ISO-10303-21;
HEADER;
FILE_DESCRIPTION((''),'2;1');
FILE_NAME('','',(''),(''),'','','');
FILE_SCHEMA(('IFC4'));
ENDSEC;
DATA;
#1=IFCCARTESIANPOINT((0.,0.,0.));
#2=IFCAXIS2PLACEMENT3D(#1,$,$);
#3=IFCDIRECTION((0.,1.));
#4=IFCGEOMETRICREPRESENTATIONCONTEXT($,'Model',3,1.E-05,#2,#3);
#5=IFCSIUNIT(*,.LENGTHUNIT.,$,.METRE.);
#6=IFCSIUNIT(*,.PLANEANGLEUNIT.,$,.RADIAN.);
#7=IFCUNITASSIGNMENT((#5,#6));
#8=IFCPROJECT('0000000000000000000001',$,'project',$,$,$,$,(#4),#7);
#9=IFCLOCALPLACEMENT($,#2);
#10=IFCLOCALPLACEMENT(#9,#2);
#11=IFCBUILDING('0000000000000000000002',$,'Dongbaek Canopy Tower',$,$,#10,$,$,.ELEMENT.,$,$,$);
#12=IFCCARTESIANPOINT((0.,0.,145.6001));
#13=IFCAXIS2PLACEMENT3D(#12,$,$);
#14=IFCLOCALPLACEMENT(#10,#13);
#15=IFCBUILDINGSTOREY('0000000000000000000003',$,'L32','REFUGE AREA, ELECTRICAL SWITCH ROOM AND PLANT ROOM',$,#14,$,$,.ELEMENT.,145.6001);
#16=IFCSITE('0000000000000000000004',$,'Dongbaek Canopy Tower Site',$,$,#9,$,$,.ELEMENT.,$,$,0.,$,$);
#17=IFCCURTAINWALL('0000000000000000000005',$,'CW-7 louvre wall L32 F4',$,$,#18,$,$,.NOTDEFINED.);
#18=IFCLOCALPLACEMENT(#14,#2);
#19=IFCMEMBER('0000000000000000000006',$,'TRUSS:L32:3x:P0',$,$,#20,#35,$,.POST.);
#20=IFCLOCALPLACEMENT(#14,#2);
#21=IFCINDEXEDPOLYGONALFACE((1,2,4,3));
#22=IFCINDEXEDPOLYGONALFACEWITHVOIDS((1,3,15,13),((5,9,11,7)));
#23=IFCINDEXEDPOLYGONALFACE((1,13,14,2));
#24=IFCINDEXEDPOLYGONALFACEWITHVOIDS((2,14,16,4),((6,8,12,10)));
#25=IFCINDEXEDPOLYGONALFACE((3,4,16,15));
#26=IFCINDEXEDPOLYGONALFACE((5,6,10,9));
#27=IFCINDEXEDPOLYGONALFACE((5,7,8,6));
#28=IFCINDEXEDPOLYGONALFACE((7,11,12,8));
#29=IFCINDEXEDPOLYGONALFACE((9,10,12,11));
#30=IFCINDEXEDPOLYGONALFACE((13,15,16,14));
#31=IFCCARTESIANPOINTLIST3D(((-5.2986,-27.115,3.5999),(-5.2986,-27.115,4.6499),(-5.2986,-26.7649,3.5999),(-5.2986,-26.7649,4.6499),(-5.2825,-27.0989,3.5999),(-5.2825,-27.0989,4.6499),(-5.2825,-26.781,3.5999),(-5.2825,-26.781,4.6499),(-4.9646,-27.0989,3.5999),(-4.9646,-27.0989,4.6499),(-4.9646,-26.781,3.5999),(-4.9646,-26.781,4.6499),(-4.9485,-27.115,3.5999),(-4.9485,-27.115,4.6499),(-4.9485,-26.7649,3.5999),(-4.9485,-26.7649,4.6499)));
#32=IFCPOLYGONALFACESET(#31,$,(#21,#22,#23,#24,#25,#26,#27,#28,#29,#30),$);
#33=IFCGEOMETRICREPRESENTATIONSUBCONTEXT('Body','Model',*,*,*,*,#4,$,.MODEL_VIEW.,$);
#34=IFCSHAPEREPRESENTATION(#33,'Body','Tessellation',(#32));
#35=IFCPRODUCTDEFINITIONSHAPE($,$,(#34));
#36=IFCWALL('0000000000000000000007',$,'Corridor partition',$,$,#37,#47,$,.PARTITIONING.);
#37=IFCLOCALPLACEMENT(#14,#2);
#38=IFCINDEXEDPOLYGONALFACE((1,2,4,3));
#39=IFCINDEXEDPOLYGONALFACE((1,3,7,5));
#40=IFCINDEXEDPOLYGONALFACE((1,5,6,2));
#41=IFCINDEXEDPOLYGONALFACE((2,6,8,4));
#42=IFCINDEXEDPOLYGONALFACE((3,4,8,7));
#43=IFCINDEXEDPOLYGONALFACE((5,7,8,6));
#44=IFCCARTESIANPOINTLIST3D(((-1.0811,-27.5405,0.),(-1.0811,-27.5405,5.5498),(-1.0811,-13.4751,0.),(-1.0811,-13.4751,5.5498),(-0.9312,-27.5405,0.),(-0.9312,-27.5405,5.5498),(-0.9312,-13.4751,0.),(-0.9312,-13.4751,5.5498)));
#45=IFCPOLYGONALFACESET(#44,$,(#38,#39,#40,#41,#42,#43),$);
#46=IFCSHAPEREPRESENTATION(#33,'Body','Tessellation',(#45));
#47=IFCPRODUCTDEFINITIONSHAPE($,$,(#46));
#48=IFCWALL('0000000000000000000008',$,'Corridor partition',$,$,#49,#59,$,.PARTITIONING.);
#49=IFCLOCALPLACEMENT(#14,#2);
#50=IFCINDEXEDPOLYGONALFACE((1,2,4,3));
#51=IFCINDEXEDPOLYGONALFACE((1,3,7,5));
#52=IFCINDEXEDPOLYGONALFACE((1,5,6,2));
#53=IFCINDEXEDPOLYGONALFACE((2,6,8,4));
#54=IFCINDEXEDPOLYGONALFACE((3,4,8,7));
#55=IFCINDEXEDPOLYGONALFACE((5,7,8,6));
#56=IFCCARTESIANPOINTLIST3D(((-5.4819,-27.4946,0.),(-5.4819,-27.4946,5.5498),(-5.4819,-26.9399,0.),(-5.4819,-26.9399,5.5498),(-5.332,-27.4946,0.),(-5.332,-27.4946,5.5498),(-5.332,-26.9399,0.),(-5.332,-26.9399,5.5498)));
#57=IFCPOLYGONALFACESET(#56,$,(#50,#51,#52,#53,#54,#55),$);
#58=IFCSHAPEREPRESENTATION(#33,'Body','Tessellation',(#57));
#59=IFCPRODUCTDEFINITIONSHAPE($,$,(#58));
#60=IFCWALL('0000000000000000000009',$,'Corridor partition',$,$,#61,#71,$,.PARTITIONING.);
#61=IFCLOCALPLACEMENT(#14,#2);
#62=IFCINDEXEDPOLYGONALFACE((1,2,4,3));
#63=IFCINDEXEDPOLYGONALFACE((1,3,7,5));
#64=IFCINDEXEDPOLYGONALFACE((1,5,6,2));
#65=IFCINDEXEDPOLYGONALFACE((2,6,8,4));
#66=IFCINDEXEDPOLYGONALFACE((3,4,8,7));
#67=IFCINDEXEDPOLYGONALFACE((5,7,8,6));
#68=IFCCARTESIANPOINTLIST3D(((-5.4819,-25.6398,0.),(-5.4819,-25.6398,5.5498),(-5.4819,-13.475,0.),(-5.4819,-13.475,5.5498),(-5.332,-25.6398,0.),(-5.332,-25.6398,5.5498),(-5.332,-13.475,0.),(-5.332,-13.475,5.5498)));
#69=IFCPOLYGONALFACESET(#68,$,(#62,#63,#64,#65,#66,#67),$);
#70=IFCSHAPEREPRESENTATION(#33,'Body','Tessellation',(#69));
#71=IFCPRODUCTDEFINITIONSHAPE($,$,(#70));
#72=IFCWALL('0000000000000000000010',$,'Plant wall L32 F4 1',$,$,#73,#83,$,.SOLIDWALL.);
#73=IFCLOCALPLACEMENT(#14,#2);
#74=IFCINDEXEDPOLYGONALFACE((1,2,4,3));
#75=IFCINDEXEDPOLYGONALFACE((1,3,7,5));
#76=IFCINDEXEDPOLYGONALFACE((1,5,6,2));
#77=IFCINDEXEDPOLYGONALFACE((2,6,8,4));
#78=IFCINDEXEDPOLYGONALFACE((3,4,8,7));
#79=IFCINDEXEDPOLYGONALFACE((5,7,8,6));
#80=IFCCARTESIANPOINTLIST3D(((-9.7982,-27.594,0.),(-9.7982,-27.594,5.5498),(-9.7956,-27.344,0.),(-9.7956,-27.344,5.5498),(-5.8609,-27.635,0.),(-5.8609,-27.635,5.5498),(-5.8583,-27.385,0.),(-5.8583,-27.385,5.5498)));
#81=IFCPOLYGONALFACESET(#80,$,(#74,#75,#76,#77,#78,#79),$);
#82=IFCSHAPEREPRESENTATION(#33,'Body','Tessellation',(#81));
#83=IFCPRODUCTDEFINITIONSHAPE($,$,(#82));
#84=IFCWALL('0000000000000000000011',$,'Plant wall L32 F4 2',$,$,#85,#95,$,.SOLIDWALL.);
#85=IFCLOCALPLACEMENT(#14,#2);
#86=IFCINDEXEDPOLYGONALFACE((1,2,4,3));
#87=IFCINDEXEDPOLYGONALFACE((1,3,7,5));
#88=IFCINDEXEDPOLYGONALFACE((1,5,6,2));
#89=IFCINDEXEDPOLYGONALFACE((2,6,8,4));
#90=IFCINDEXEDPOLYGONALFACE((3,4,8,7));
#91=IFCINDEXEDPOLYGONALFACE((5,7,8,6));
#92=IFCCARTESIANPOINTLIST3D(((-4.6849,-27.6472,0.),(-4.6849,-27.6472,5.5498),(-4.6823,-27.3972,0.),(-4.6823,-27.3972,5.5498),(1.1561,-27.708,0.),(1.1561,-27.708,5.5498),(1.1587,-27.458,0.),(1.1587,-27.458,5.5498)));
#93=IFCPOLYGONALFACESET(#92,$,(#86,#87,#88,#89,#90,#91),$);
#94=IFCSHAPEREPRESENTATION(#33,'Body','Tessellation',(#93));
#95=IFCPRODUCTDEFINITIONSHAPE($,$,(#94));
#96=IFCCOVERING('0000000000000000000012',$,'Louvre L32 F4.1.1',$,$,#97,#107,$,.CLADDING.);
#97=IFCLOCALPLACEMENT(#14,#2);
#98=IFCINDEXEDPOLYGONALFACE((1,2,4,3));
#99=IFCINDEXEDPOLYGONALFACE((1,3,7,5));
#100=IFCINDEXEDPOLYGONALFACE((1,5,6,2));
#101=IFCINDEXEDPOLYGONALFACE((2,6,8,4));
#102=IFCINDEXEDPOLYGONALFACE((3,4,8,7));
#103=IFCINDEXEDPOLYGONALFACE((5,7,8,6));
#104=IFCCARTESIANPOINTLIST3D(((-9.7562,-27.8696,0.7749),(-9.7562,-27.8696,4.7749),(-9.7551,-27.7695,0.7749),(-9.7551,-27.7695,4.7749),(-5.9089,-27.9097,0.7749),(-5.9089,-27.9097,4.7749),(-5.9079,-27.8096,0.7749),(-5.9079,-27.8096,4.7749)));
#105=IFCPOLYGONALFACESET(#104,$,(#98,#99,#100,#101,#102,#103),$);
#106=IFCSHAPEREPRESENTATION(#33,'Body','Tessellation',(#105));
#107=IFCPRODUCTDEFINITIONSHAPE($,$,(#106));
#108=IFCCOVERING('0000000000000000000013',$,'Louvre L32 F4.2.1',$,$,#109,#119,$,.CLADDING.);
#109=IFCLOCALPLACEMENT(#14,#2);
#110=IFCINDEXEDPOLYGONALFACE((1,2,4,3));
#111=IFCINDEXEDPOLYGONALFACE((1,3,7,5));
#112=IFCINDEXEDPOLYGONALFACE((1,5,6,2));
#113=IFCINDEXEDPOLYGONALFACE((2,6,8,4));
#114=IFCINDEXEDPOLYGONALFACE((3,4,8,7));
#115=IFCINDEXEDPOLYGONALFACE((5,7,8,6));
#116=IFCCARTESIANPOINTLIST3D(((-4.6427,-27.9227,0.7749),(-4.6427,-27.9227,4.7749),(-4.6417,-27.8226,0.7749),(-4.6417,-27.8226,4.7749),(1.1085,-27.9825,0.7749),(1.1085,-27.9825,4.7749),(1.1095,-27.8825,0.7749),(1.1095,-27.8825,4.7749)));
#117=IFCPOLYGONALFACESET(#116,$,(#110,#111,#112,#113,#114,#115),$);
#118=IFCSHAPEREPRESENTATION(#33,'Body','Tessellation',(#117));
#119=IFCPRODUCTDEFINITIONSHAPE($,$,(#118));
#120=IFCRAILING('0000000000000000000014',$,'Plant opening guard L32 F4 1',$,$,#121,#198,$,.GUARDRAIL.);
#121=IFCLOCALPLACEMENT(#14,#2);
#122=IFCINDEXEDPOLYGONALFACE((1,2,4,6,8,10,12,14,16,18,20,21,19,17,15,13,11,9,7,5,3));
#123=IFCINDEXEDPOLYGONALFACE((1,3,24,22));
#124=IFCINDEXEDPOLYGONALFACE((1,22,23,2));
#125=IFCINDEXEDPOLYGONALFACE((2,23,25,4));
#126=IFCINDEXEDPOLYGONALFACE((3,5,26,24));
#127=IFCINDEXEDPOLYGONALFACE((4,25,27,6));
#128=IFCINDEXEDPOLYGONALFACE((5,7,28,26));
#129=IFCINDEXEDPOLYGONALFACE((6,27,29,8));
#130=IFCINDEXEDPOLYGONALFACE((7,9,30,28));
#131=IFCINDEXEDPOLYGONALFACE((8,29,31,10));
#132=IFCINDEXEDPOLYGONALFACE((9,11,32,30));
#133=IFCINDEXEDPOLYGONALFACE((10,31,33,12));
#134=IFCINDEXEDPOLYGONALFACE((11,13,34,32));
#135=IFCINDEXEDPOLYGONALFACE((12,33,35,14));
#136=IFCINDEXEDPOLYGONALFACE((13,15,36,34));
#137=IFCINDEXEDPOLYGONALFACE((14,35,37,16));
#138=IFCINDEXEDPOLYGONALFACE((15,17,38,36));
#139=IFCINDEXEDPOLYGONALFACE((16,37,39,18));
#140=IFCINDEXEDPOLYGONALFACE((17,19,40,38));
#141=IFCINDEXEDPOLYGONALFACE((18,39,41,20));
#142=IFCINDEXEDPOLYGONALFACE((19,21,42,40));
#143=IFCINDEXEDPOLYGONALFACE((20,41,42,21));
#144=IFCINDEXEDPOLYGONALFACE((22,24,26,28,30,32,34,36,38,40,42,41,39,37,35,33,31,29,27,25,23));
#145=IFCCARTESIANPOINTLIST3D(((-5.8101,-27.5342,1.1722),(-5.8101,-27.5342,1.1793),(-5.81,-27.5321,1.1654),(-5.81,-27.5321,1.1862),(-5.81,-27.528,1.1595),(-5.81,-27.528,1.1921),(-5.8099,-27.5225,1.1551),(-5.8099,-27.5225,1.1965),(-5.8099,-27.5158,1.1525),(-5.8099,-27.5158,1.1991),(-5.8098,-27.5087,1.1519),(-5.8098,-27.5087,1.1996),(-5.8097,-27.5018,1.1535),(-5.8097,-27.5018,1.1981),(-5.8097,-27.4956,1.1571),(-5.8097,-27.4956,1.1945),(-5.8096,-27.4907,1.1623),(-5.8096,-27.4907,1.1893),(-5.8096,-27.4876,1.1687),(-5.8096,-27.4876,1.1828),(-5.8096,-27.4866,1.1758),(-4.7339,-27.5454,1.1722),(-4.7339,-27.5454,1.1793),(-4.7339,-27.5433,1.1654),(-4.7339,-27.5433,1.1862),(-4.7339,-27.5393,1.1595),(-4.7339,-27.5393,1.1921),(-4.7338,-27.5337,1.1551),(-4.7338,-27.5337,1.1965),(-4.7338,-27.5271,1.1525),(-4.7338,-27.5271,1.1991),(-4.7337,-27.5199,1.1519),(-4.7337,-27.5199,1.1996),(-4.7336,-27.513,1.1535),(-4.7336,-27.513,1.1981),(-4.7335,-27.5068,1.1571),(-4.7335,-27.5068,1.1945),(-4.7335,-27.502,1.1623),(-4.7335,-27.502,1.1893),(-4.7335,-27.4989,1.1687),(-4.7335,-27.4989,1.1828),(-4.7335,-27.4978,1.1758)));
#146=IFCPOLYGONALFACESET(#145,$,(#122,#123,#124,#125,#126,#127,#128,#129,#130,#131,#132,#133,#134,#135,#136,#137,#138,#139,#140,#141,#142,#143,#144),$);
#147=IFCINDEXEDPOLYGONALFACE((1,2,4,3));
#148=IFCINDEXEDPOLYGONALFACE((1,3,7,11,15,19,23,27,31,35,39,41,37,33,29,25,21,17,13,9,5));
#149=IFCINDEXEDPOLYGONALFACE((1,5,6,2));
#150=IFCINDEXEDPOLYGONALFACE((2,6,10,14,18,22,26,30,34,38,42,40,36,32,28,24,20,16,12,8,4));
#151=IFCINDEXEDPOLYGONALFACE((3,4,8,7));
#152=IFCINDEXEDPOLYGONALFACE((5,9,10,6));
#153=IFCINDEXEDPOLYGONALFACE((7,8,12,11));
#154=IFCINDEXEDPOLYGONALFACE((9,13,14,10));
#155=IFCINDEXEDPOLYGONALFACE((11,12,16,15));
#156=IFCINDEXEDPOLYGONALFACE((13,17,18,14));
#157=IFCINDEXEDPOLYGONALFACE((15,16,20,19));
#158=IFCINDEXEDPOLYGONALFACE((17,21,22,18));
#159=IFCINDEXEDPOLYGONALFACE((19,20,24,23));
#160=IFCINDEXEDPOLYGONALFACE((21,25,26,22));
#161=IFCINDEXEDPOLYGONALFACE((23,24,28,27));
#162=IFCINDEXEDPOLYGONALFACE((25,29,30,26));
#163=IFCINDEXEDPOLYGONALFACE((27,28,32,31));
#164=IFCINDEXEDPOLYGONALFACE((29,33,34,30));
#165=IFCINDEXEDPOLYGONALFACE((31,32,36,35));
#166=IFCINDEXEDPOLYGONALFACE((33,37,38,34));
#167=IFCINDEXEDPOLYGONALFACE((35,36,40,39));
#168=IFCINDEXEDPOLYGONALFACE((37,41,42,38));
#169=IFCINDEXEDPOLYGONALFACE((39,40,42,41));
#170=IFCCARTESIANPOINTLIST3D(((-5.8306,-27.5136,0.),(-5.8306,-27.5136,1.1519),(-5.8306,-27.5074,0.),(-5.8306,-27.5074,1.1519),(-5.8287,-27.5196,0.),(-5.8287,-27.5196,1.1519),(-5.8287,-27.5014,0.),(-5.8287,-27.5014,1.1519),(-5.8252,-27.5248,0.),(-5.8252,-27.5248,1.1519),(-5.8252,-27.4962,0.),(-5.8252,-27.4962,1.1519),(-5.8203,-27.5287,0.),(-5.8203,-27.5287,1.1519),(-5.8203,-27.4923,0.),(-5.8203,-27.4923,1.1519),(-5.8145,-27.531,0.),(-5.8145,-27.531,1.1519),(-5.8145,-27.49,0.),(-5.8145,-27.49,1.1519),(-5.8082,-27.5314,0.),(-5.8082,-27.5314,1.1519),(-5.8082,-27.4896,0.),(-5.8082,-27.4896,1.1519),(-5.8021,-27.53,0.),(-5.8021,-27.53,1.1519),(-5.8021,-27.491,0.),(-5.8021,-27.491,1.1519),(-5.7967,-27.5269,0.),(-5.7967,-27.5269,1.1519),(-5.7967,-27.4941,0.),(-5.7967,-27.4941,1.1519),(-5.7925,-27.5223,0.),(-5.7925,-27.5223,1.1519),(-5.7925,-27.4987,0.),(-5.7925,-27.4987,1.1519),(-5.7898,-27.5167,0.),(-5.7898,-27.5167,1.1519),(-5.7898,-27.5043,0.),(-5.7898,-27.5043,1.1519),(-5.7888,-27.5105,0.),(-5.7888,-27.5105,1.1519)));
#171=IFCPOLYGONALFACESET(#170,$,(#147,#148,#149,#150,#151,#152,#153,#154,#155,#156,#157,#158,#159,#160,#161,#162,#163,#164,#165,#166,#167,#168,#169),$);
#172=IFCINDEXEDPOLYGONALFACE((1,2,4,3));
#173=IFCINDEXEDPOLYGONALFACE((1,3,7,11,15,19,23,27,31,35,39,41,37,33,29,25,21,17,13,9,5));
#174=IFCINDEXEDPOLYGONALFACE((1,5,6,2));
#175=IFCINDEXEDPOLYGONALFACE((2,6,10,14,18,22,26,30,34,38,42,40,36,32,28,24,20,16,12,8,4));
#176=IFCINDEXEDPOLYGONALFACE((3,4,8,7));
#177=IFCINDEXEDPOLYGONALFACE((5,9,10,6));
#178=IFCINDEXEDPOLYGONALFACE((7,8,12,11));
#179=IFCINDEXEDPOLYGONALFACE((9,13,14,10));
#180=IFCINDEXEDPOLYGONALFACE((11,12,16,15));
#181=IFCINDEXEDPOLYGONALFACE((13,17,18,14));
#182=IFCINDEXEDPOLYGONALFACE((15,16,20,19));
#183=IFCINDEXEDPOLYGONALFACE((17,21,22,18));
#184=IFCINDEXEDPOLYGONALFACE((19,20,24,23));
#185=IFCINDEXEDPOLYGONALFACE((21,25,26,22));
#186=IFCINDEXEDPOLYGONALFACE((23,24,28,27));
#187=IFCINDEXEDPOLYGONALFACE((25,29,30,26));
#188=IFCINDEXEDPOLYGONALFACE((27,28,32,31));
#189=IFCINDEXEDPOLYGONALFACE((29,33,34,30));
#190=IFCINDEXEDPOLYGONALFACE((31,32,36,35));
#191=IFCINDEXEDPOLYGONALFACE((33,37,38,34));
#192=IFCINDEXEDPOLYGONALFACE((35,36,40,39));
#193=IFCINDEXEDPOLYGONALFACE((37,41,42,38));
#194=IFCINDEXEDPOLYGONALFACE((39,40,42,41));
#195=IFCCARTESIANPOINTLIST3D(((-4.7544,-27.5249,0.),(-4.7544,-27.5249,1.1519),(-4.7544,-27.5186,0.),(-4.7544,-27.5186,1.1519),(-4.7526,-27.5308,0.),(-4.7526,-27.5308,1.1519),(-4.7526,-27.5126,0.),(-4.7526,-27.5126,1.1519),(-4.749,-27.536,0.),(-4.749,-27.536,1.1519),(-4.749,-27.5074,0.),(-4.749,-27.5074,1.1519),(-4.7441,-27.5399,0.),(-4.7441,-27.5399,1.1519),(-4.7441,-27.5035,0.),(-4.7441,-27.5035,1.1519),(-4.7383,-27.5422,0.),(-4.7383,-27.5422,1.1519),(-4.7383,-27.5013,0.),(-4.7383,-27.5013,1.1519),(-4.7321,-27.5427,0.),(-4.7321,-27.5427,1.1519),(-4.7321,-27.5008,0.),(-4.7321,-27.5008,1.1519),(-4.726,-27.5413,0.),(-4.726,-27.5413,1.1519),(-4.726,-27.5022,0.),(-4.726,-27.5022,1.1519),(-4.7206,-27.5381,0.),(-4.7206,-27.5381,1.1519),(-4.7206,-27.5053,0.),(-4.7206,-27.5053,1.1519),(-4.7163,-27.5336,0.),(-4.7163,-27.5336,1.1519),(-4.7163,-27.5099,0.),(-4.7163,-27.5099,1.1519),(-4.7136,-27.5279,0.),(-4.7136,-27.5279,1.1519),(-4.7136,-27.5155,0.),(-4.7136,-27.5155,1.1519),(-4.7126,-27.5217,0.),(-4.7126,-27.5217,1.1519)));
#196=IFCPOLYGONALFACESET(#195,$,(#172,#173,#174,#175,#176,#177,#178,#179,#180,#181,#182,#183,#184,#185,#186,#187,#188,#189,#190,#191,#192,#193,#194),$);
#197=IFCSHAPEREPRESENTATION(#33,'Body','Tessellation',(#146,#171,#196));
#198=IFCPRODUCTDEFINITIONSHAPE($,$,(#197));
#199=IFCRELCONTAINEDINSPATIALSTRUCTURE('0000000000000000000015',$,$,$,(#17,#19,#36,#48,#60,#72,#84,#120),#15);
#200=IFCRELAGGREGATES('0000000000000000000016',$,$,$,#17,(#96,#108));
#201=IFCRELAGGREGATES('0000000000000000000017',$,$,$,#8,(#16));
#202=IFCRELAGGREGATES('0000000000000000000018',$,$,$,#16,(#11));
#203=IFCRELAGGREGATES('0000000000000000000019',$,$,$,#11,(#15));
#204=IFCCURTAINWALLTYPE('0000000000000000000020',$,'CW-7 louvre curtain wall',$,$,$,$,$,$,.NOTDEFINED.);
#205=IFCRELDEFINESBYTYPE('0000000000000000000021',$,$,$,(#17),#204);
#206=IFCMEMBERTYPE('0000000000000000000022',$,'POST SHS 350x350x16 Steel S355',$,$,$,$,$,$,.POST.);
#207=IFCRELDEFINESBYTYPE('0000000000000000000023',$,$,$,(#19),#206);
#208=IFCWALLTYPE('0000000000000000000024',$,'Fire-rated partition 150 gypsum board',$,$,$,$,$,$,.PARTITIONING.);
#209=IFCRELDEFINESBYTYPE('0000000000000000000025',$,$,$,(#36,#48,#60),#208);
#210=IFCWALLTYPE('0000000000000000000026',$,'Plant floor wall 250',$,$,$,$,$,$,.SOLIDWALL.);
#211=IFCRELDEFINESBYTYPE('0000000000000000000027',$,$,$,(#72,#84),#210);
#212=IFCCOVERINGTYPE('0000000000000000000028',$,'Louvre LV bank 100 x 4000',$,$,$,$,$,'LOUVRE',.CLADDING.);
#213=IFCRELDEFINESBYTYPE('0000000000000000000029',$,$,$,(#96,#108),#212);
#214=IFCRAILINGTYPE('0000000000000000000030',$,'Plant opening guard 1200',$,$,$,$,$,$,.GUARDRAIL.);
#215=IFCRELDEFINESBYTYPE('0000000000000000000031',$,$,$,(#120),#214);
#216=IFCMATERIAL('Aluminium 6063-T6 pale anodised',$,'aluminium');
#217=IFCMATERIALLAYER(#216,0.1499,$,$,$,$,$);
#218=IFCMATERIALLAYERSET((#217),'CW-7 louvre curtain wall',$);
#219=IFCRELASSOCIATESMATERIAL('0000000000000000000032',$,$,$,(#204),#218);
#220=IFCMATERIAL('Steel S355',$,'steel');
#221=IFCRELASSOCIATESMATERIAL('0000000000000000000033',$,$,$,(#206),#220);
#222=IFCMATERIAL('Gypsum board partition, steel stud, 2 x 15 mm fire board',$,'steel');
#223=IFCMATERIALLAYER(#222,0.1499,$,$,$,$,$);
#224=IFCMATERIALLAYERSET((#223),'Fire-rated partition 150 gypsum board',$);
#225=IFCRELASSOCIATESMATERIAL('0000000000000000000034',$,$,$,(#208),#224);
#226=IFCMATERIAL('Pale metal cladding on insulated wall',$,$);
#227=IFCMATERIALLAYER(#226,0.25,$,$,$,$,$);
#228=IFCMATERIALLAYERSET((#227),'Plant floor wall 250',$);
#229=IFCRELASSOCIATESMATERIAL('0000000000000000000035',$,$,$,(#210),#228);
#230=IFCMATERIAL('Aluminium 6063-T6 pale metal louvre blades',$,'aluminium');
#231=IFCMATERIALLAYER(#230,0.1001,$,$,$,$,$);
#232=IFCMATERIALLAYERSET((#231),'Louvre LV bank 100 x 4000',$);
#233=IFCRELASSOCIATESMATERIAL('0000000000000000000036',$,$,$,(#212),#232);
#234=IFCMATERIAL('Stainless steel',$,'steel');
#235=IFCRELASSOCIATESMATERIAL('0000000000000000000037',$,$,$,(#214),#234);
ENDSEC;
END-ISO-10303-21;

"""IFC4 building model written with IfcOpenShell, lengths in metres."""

from ifc_helpers import new_model, si_unit, direction, frame, frame_2d, origin, origin_2d, place, context, subcontext, project, spatial, rectangle, hollow_rectangle, circle, extrude, material, layer, layer_set, material_profile, profile_set, type_object, element, aggregate, save


model = new_model("IFC4")

# Units and contexts
model_context = context("Model", 3, precision=1e-05, world=origin(), true_north=direction((0.0, 1.0)))
body_context = subcontext(model_context, "Body", "Model", "MODEL_VIEW")
ifc_project = project(units=[si_unit("LENGTHUNIT", "METRE"), si_unit("PLANEANGLEUNIT", "RADIAN")], contexts=[model_context])

# Site, building, storey
site_placement = place(None, origin())
site = spatial("IfcSite", under=ifc_project, at=site_placement, Name="Dongbaek Canopy Tower Site", CompositionType="ELEMENT", RefElevation=0.0)
building_placement = place(site_placement, origin())
building = spatial("IfcBuilding", under=site, at=building_placement, Name="Dongbaek Canopy Tower", CompositionType="ELEMENT")
storey_placement = place(building_placement, frame((0.0, 0.0, 145.6001)))
storey = spatial("IfcBuildingStorey", under=building, at=storey_placement, Name="L32", Description="REFUGE AREA, ELECTRICAL SWITCH ROOM AND PLANT ROOM", CompositionType="ELEMENT", Elevation=145.6001)

# Curtain wall
ifc_material_1 = material(Name="Aluminium 6063-T6 pale anodised", Category="aluminium")
ifc_layer_1 = layer(ifc_material_1, 0.1499)
ifc_layer_set_1 = layer_set([ifc_layer_1], Name="CW-7 louvre curtain wall")
curtain_wall_type = type_object("IfcCurtainWallType", Name="CW-7 louvre curtain wall", PredefinedType="NOTDEFINED", material=ifc_layer_set_1)
curtain_wall_placement = place(storey_placement, origin())
curtain_wall = element("IfcCurtainWall", 1, at=curtain_wall_placement, inside=storey, type_object=curtain_wall_type, Name="CW-7 louvre wall L32 F4", PredefinedType="NOTDEFINED")

# Member
ifc_material_2 = material(Name="Steel S355", Category="steel")
ifc_material_profile_1 = material_profile(ifc_material_2, hollow_rectangle(XDim=0.3501, YDim=0.3501, WallThickness=0.0161, at=origin_2d()), Name="POST SHS 350x350x16 Steel S355")
ifc_profile_set_1 = profile_set([ifc_material_profile_1], Name="Steel S355")
member_type_1 = type_object("IfcMemberType", Name="POST SHS 350x350x16 Steel S355", PredefinedType="POST", material=ifc_profile_set_1)
for number, where, z_axis, x_axis, name in (
    (2, (-5.1235, -26.9399, 3.5999), (0.0, 0.0, 1.0), (1.0, 0.0, 0.0), "TRUSS:L32:3x:P0"),
):
    element("IfcMember", number, at=place(storey_placement, frame(where, z_axis=z_axis, x_axis=x_axis)), inside=storey, type_object=member_type_1, Name=name, PredefinedType="POST", context=body_context, shape_type="SweptSolid", body=[
        extrude(hollow_rectangle(XDim=0.3501, YDim=0.3501, WallThickness=0.0161, at=origin_2d()), origin(), (0.0, 0.0, 1.0), 1.05),
    ])

# Walls
ifc_material_3 = material(Name="Gypsum board partition, steel stud, 2 x 15 mm fire board", Category="steel")
ifc_layer_2 = layer(ifc_material_3, 0.1499)
ifc_layer_set_2 = layer_set([ifc_layer_2], Name="Fire-rated partition 150 gypsum board")
wall_type_1 = type_object("IfcWallType", Name="Fire-rated partition 150 gypsum board", PredefinedType="PARTITIONING", material=ifc_layer_set_2)
wall_1_placement = place(storey_placement, frame((-1.0061, -27.5405, 0.0), z_axis=(0.0, 0.0, 1.0), x_axis=(0.0, 1.0, 0.0)))
element("IfcWall", 3, at=wall_1_placement, inside=storey, type_object=wall_type_1, Name="Corridor partition", PredefinedType="PARTITIONING", context=body_context, shape_type="SweptSolid", body=[
    extrude(rectangle(XDim=14.0654, YDim=0.1499, at=frame_2d((7.0327, 0.0))), origin(), (0.0, 0.0, 1.0), 5.5498),
])
wall_2_placement = place(storey_placement, frame((-5.407, -27.4946, 0.0), z_axis=(0.0, 0.0, 1.0), x_axis=(0.0, 1.0, 0.0)))
element("IfcWall", 4, at=wall_2_placement, inside=storey, type_object=wall_type_1, Name="Corridor partition", PredefinedType="PARTITIONING", context=body_context, shape_type="SweptSolid", body=[
    extrude(rectangle(XDim=0.5547, YDim=0.1499, at=frame_2d((0.2773, 0.0))), origin(), (0.0, 0.0, 1.0), 5.5498),
])
wall_3_placement = place(storey_placement, frame((-5.407, -25.6399, 0.0), z_axis=(0.0, 0.0, 1.0), x_axis=(0.0, 1.0, 0.0)))
element("IfcWall", 5, at=wall_3_placement, inside=storey, type_object=wall_type_1, Name="Corridor partition", PredefinedType="PARTITIONING", context=body_context, shape_type="SweptSolid", body=[
    extrude(rectangle(XDim=12.1648, YDim=0.1499, at=frame_2d((6.0825, 0.0))), origin(), (0.0, 0.0, 1.0), 5.5498),
])
ifc_material_4 = material(Name="Pale metal cladding on insulated wall")
ifc_layer_3 = layer(ifc_material_4, 0.25)
ifc_layer_set_3 = layer_set([ifc_layer_3], Name="Plant floor wall 250")
wall_type_2 = type_object("IfcWallType", Name="Plant floor wall 250", PredefinedType="SOLIDWALL", material=ifc_layer_set_3)
wall_4_placement = place(storey_placement, frame((-9.7969, -27.469, 0.0), z_axis=(0.0, 0.0, 1.0), x_axis=(0.999946, -0.010417, 0.0)))
element("IfcWall", 6, at=wall_4_placement, inside=storey, type_object=wall_type_2, Name="Plant wall L32 F4 1", PredefinedType="SOLIDWALL", context=body_context, shape_type="SweptSolid", body=[
    extrude(rectangle(XDim=3.9375, YDim=0.25, at=frame_2d((1.9688, 0.0))), origin(), (0.0, 0.0, 1.0), 5.5498),
])
wall_5_placement = place(storey_placement, frame((-4.6836, -27.5222, 0.0), z_axis=(0.0, 0.0, 1.0), x_axis=(0.999946, -0.010407, 0.0)))
element("IfcWall", 7, at=wall_5_placement, inside=storey, type_object=wall_type_2, Name="Plant wall L32 F4 2", PredefinedType="SOLIDWALL", context=body_context, shape_type="SweptSolid", body=[
    extrude(rectangle(XDim=5.8413, YDim=0.25, at=frame_2d((2.9207, 0.0))), origin(), (0.0, 0.0, 1.0), 5.5498),
])

# Coverings
ifc_material_5 = material(Name="Aluminium 6063-T6 pale metal louvre blades", Category="aluminium")
ifc_layer_4 = layer(ifc_material_5, 0.1001)
ifc_layer_set_4 = layer_set([ifc_layer_4], Name="Louvre LV bank 100 x 4000")
covering_type = type_object("IfcCoveringType", Name="Louvre LV bank 100 x 4000", ElementType="LOUVRE", PredefinedType="CLADDING", material=ifc_layer_set_4)
covering_1_placement = place(storey_placement, frame((-7.832, -27.8396, 0.7749), z_axis=(0.0, 0.0, 1.0), x_axis=(0.999946, -0.010401, 0.0)))
covering_1 = element("IfcCovering", 8, at=covering_1_placement, type_object=covering_type, Name="Louvre L32 F4.1.1", PredefinedType="CLADDING", context=body_context, shape_type="SweptSolid", body=[
    extrude(rectangle(XDim=3.8474, YDim=0.1001, at=origin_2d()), origin(), (0.0, 0.0, 1.0), 4.0),
])
covering_2_placement = place(storey_placement, frame((-1.7666, -27.9026, 0.7749), z_axis=(0.0, 0.0, 1.0), x_axis=(0.999946, -0.010401, 0.0)))
covering_2 = element("IfcCovering", 9, at=covering_2_placement, type_object=covering_type, Name="Louvre L32 F4.2.1", PredefinedType="CLADDING", context=body_context, shape_type="SweptSolid", body=[
    extrude(rectangle(XDim=5.7515, YDim=0.1001, at=origin_2d()), origin(), (0.0, 0.0, 1.0), 4.0),
])

# Railing
ifc_material_6 = material(Name="Stainless steel", Category="steel")
railing_type = type_object("IfcRailingType", Name="Plant opening guard 1200", PredefinedType="GUARDRAIL", material=ifc_material_6)
railing_placement = place(storey_placement, frame((-5.8098, -27.5105, 0.0)))
element("IfcRailing", 10, at=railing_placement, inside=storey, type_object=railing_type, Name="Plant opening guard L32 F4 1", PredefinedType="GUARDRAIL", context=body_context, shape_type="SweptSolid", body=[
    extrude(circle(Radius=0.0239, at=origin_2d()), frame((0.0, 0.0, 1.1758), z_axis=(0.999946, -0.010435, 0.0), x_axis=(0.010435, 0.999946, 0.0)), (0.0, 0.0, 1.0), 1.0762),
    extrude(circle(Radius=0.021, at=origin_2d()), origin(), (0.0, 0.0, 1.0), 1.1519),
    extrude(circle(Radius=0.021, at=origin_2d()), frame((1.0762, -0.0112, 0.0)), (0.0, 0.0, 1.0), 1.1519),
])

aggregate(curtain_wall, [covering_1, covering_2])

save(model, "model.ifc")
